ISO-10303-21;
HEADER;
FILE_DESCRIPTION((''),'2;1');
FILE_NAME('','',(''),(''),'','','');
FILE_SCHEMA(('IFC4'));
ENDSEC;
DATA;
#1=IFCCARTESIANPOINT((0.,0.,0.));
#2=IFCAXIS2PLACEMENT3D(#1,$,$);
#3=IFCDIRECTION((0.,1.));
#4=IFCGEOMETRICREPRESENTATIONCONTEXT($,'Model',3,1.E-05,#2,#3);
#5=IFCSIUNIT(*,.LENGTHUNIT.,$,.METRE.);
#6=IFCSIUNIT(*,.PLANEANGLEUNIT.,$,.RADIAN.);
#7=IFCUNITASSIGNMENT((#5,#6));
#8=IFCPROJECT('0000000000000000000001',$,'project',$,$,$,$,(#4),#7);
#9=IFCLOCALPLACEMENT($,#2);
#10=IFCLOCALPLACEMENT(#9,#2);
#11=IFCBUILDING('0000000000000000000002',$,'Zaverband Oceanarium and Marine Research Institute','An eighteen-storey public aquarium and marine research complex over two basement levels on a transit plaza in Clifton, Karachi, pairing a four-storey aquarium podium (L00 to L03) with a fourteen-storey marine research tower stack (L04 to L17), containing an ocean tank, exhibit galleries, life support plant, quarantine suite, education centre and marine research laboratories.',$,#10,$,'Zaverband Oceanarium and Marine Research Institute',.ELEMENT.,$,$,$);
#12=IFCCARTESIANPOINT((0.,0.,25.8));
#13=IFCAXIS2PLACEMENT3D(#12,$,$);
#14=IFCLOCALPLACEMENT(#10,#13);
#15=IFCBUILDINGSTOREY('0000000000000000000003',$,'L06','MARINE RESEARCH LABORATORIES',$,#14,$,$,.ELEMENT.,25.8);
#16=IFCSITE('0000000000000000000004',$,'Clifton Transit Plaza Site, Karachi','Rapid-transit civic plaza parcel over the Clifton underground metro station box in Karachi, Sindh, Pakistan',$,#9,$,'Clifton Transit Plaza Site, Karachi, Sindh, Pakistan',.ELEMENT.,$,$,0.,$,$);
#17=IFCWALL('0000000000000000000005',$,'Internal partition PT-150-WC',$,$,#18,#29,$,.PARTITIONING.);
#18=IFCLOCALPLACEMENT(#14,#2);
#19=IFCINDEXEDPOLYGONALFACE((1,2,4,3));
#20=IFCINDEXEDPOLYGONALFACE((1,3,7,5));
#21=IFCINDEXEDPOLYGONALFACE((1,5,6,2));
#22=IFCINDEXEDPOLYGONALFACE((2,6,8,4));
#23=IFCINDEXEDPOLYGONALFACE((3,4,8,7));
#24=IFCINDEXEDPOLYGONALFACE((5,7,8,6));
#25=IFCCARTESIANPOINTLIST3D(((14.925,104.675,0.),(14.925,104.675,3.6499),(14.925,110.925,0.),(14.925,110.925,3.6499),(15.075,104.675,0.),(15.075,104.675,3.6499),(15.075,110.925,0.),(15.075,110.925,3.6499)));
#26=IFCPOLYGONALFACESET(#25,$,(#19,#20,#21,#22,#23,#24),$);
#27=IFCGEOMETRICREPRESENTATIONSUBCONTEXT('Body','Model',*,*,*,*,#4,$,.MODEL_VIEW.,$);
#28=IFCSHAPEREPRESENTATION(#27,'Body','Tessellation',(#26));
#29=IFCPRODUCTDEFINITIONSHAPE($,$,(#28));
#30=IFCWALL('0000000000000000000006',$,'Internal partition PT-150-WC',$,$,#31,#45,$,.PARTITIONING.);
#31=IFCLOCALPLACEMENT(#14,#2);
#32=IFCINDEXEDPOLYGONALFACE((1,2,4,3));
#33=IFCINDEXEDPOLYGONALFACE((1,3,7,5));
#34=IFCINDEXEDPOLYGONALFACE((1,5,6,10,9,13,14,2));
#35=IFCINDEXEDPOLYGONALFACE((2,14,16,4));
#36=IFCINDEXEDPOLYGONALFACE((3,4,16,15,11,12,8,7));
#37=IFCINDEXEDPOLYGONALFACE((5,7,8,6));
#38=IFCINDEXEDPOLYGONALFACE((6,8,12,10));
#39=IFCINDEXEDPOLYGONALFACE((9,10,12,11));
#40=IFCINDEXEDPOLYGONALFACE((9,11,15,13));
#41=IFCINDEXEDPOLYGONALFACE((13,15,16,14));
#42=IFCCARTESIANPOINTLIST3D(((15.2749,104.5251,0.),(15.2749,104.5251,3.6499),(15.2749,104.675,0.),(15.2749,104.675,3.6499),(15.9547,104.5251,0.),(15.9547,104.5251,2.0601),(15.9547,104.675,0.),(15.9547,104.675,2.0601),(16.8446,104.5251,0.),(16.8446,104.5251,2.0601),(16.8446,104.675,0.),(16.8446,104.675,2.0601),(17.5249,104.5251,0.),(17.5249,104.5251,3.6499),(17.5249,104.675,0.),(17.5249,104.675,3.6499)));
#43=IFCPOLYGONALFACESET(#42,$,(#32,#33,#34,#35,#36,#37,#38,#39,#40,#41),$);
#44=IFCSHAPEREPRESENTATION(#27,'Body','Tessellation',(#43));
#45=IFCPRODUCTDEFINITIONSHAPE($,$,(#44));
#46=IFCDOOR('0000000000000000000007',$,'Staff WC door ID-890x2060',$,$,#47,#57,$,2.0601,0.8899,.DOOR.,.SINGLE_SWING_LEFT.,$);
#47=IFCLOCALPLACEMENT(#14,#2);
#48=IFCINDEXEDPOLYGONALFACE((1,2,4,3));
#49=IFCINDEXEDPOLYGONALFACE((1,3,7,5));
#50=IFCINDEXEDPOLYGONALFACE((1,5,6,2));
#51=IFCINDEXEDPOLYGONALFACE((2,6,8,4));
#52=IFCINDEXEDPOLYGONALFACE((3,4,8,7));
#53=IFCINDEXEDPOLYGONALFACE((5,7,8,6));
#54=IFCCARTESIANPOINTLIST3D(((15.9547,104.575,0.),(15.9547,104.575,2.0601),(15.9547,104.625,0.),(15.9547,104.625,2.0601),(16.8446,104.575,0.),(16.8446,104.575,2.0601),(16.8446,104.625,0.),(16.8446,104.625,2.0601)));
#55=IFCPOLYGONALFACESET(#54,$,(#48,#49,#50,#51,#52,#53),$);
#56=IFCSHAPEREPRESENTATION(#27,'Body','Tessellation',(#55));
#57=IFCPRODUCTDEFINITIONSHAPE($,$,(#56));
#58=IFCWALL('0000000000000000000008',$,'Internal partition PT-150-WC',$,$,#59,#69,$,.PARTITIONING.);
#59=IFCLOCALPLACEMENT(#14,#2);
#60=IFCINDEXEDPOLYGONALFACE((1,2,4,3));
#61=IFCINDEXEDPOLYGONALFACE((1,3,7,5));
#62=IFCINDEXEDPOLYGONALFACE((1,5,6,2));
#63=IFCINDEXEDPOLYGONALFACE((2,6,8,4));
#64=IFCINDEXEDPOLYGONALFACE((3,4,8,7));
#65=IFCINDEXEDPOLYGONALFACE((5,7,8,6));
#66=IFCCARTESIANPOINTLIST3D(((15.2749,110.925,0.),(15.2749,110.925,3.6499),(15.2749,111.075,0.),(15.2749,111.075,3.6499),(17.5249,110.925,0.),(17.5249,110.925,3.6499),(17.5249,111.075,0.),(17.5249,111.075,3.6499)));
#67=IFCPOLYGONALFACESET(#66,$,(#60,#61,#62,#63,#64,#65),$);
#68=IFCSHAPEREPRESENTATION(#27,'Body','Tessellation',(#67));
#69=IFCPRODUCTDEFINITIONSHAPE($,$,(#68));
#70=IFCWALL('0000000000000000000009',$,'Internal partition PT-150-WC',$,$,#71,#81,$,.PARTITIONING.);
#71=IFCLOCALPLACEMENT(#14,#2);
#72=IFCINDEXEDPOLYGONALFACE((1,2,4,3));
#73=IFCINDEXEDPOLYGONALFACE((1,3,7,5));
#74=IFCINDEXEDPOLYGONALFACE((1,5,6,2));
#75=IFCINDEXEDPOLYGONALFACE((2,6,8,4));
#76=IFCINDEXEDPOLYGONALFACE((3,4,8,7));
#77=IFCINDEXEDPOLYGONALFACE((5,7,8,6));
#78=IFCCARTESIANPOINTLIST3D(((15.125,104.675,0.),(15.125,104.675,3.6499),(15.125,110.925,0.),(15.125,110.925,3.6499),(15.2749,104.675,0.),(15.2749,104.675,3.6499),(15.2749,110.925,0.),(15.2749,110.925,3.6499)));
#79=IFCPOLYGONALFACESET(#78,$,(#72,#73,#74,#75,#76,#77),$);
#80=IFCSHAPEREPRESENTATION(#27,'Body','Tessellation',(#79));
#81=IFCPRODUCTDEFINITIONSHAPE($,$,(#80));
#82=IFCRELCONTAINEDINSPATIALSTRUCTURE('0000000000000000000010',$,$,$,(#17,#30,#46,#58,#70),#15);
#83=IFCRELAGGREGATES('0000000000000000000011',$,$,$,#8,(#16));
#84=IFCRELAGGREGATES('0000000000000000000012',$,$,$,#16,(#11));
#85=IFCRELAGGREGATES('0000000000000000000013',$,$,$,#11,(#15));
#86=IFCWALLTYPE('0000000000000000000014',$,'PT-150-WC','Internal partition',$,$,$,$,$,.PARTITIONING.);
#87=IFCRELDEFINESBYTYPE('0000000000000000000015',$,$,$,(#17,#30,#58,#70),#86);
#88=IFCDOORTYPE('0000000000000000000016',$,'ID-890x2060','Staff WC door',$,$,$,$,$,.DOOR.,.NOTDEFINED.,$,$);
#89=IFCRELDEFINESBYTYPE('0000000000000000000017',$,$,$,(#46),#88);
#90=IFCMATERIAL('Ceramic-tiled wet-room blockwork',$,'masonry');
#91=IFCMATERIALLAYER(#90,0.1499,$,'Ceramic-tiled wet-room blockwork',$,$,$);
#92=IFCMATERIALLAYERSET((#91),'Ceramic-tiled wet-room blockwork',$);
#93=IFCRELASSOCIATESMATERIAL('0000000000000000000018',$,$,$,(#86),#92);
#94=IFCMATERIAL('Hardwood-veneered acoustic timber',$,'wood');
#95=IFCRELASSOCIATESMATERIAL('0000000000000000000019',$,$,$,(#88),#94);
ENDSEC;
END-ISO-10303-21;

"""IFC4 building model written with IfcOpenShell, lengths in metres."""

from ifc_helpers import new_model, si_unit, direction, frame, frame_2d, origin, place, context, subcontext, project, spatial, rectangle, extrude, material, layer, layer_set, type_object, element, fill, save


model = new_model("IFC4")

# Units and contexts
model_context = context("Model", 3, precision=1e-05, world=origin(), true_north=direction((0.0, 1.0)))
body_context = subcontext(model_context, "Body", "Model", "MODEL_VIEW")
ifc_project = project(units=[si_unit("LENGTHUNIT", "METRE"), si_unit("PLANEANGLEUNIT", "RADIAN")], contexts=[model_context])

# Site, building, storey
site_placement = place(None, origin())
site = spatial("IfcSite", under=ifc_project, at=site_placement, Name="Clifton Transit Plaza Site, Karachi", Description="Rapid-transit civic plaza parcel over the Clifton underground metro station box in Karachi, Sindh, Pakistan", LongName="Clifton Transit Plaza Site, Karachi, Sindh, Pakistan", CompositionType="ELEMENT", RefElevation=0.0)
building_placement = place(site_placement, origin())
building = spatial("IfcBuilding", under=site, at=building_placement, Name="Zaverband Oceanarium and Marine Research Institute", Description="An eighteen-storey public aquarium and marine research complex over two basement levels on a transit plaza in Clifton, Karachi, pairing a four-storey aquarium podium (L00 to L03) with a fourteen-storey marine research tower stack (L04 to L17), containing an ocean tank, exhibit galleries, life support plant, quarantine suite, education centre and marine research laboratories.", LongName="Zaverband Oceanarium and Marine Research Institute", CompositionType="ELEMENT")
storey_placement = place(building_placement, frame((0.0, 0.0, 25.8)))
storey = spatial("IfcBuildingStorey", under=building, at=storey_placement, Name="L06", Description="MARINE RESEARCH LABORATORIES", CompositionType="ELEMENT", Elevation=25.8)

# Shared definitions
ifc_material_1 = material(Name="Ceramic-tiled wet-room blockwork", Category="masonry")
ifc_layer_1 = layer(ifc_material_1, 0.1499, Name="Ceramic-tiled wet-room blockwork")
ifc_layer_set_1 = layer_set([ifc_layer_1], Name="Ceramic-tiled wet-room blockwork")
wall_type_1 = type_object("IfcWallType", Name="PT-150-WC", Description="Internal partition", PredefinedType="PARTITIONING", material=ifc_layer_set_1)
ifc_material_2 = material(Name="Hardwood-veneered acoustic timber", Category="wood")

# Wall
for number, where, z_axis, x_axis, name in (
    (1, (15.0, 104.675, 0.0), (0.0, 0.0, 1.0), (0.0, 1.0, 0.0), "Internal partition PT-150-WC"),
):
    element("IfcWall", number, at=place(storey_placement, frame(where, z_axis=z_axis, x_axis=x_axis)), inside=storey, type_object=wall_type_1, Name=name, PredefinedType="PARTITIONING", context=body_context, shape_type="SweptSolid", body=[
        extrude(rectangle(XDim=6.25, YDim=0.1499, at=frame_2d((3.125, 0.0))), origin(), (0.0, 0.0, 1.0), 3.6499),
    ])

# Wall, opening, door
wall_1_placement = place(storey_placement, frame((15.2749, 104.6001, 0.0), z_axis=(0.0, 0.0, 1.0), x_axis=(1.0, 0.0, 0.0)))
wall_1 = element("IfcWall", 2, at=wall_1_placement, inside=storey, type_object=wall_type_1, Name="Internal partition PT-150-WC", PredefinedType="PARTITIONING", context=body_context, shape_type="SweptSolid", body=[
    extrude(rectangle(XDim=2.25, YDim=0.1499, at=frame_2d((1.125, 0.0))), origin(), (0.0, 0.0, 1.0), 3.6499),
])
opening_1_placement = place(wall_1_placement, frame((0.6799, 0.0, 0.0)))
opening_1 = element("IfcOpeningElement", 3, at=opening_1_placement, cuts=wall_1, PredefinedType="OPENING", context=body_context, shape_type="SweptSolid", body=[
    extrude(rectangle(XDim=0.8899, YDim=2.0601, at=frame_2d((0.4448, 1.03))), frame((0.0, 0.0869, 0.0), z_axis=(0.0, -1.0, 0.0), x_axis=(1.0, 0.0, 0.0)), (0.0, 0.0, 1.0), 0.1738),
])
door_type_1 = type_object("IfcDoorType", Name="ID-890x2060", Description="Staff WC door", OperationType="NOTDEFINED", PredefinedType="DOOR", material=ifc_material_2)
door_1_placement = place(opening_1_placement, origin())
door_1 = element("IfcDoor", 4, at=door_1_placement, inside=storey, type_object=door_type_1, Name="Staff WC door ID-890x2060", OperationType="SINGLE_SWING_LEFT", OverallHeight=2.0601, OverallWidth=0.8899, PredefinedType="DOOR", context=body_context, shape_type="SweptSolid", body=[
    extrude(rectangle(XDim=0.8899, YDim=2.0601, at=frame_2d((0.4448, 1.03))), frame((0.0, 0.0249, 0.0), z_axis=(0.0, -1.0, 0.0), x_axis=(1.0, 0.0, 0.0)), (0.0, 0.0, 1.0), 0.05),
])
fill(opening_1, door_1)

# Walls
wall_2_placement = place(storey_placement, frame((15.2749, 111.0, 0.0), z_axis=(0.0, 0.0, 1.0), x_axis=(1.0, 0.0, 0.0)))
element("IfcWall", 5, at=wall_2_placement, inside=storey, type_object=wall_type_1, Name="Internal partition PT-150-WC", PredefinedType="PARTITIONING", context=body_context, shape_type="SweptSolid", body=[
    extrude(rectangle(XDim=2.25, YDim=0.1499, at=frame_2d((1.125, 0.0))), origin(), (0.0, 0.0, 1.0), 3.6499),
])
wall_3_placement = place(storey_placement, frame((15.2, 104.675, 0.0), z_axis=(0.0, 0.0, 1.0), x_axis=(0.0, 1.0, 0.0)))
element("IfcWall", 6, at=wall_3_placement, inside=storey, type_object=wall_type_1, Name="Internal partition PT-150-WC", PredefinedType="PARTITIONING", context=body_context, shape_type="SweptSolid", body=[
    extrude(rectangle(XDim=6.25, YDim=0.1499, at=frame_2d((3.125, 0.0))), origin(), (0.0, 0.0, 1.0), 3.6499),
])

save(model, "model.ifc")
